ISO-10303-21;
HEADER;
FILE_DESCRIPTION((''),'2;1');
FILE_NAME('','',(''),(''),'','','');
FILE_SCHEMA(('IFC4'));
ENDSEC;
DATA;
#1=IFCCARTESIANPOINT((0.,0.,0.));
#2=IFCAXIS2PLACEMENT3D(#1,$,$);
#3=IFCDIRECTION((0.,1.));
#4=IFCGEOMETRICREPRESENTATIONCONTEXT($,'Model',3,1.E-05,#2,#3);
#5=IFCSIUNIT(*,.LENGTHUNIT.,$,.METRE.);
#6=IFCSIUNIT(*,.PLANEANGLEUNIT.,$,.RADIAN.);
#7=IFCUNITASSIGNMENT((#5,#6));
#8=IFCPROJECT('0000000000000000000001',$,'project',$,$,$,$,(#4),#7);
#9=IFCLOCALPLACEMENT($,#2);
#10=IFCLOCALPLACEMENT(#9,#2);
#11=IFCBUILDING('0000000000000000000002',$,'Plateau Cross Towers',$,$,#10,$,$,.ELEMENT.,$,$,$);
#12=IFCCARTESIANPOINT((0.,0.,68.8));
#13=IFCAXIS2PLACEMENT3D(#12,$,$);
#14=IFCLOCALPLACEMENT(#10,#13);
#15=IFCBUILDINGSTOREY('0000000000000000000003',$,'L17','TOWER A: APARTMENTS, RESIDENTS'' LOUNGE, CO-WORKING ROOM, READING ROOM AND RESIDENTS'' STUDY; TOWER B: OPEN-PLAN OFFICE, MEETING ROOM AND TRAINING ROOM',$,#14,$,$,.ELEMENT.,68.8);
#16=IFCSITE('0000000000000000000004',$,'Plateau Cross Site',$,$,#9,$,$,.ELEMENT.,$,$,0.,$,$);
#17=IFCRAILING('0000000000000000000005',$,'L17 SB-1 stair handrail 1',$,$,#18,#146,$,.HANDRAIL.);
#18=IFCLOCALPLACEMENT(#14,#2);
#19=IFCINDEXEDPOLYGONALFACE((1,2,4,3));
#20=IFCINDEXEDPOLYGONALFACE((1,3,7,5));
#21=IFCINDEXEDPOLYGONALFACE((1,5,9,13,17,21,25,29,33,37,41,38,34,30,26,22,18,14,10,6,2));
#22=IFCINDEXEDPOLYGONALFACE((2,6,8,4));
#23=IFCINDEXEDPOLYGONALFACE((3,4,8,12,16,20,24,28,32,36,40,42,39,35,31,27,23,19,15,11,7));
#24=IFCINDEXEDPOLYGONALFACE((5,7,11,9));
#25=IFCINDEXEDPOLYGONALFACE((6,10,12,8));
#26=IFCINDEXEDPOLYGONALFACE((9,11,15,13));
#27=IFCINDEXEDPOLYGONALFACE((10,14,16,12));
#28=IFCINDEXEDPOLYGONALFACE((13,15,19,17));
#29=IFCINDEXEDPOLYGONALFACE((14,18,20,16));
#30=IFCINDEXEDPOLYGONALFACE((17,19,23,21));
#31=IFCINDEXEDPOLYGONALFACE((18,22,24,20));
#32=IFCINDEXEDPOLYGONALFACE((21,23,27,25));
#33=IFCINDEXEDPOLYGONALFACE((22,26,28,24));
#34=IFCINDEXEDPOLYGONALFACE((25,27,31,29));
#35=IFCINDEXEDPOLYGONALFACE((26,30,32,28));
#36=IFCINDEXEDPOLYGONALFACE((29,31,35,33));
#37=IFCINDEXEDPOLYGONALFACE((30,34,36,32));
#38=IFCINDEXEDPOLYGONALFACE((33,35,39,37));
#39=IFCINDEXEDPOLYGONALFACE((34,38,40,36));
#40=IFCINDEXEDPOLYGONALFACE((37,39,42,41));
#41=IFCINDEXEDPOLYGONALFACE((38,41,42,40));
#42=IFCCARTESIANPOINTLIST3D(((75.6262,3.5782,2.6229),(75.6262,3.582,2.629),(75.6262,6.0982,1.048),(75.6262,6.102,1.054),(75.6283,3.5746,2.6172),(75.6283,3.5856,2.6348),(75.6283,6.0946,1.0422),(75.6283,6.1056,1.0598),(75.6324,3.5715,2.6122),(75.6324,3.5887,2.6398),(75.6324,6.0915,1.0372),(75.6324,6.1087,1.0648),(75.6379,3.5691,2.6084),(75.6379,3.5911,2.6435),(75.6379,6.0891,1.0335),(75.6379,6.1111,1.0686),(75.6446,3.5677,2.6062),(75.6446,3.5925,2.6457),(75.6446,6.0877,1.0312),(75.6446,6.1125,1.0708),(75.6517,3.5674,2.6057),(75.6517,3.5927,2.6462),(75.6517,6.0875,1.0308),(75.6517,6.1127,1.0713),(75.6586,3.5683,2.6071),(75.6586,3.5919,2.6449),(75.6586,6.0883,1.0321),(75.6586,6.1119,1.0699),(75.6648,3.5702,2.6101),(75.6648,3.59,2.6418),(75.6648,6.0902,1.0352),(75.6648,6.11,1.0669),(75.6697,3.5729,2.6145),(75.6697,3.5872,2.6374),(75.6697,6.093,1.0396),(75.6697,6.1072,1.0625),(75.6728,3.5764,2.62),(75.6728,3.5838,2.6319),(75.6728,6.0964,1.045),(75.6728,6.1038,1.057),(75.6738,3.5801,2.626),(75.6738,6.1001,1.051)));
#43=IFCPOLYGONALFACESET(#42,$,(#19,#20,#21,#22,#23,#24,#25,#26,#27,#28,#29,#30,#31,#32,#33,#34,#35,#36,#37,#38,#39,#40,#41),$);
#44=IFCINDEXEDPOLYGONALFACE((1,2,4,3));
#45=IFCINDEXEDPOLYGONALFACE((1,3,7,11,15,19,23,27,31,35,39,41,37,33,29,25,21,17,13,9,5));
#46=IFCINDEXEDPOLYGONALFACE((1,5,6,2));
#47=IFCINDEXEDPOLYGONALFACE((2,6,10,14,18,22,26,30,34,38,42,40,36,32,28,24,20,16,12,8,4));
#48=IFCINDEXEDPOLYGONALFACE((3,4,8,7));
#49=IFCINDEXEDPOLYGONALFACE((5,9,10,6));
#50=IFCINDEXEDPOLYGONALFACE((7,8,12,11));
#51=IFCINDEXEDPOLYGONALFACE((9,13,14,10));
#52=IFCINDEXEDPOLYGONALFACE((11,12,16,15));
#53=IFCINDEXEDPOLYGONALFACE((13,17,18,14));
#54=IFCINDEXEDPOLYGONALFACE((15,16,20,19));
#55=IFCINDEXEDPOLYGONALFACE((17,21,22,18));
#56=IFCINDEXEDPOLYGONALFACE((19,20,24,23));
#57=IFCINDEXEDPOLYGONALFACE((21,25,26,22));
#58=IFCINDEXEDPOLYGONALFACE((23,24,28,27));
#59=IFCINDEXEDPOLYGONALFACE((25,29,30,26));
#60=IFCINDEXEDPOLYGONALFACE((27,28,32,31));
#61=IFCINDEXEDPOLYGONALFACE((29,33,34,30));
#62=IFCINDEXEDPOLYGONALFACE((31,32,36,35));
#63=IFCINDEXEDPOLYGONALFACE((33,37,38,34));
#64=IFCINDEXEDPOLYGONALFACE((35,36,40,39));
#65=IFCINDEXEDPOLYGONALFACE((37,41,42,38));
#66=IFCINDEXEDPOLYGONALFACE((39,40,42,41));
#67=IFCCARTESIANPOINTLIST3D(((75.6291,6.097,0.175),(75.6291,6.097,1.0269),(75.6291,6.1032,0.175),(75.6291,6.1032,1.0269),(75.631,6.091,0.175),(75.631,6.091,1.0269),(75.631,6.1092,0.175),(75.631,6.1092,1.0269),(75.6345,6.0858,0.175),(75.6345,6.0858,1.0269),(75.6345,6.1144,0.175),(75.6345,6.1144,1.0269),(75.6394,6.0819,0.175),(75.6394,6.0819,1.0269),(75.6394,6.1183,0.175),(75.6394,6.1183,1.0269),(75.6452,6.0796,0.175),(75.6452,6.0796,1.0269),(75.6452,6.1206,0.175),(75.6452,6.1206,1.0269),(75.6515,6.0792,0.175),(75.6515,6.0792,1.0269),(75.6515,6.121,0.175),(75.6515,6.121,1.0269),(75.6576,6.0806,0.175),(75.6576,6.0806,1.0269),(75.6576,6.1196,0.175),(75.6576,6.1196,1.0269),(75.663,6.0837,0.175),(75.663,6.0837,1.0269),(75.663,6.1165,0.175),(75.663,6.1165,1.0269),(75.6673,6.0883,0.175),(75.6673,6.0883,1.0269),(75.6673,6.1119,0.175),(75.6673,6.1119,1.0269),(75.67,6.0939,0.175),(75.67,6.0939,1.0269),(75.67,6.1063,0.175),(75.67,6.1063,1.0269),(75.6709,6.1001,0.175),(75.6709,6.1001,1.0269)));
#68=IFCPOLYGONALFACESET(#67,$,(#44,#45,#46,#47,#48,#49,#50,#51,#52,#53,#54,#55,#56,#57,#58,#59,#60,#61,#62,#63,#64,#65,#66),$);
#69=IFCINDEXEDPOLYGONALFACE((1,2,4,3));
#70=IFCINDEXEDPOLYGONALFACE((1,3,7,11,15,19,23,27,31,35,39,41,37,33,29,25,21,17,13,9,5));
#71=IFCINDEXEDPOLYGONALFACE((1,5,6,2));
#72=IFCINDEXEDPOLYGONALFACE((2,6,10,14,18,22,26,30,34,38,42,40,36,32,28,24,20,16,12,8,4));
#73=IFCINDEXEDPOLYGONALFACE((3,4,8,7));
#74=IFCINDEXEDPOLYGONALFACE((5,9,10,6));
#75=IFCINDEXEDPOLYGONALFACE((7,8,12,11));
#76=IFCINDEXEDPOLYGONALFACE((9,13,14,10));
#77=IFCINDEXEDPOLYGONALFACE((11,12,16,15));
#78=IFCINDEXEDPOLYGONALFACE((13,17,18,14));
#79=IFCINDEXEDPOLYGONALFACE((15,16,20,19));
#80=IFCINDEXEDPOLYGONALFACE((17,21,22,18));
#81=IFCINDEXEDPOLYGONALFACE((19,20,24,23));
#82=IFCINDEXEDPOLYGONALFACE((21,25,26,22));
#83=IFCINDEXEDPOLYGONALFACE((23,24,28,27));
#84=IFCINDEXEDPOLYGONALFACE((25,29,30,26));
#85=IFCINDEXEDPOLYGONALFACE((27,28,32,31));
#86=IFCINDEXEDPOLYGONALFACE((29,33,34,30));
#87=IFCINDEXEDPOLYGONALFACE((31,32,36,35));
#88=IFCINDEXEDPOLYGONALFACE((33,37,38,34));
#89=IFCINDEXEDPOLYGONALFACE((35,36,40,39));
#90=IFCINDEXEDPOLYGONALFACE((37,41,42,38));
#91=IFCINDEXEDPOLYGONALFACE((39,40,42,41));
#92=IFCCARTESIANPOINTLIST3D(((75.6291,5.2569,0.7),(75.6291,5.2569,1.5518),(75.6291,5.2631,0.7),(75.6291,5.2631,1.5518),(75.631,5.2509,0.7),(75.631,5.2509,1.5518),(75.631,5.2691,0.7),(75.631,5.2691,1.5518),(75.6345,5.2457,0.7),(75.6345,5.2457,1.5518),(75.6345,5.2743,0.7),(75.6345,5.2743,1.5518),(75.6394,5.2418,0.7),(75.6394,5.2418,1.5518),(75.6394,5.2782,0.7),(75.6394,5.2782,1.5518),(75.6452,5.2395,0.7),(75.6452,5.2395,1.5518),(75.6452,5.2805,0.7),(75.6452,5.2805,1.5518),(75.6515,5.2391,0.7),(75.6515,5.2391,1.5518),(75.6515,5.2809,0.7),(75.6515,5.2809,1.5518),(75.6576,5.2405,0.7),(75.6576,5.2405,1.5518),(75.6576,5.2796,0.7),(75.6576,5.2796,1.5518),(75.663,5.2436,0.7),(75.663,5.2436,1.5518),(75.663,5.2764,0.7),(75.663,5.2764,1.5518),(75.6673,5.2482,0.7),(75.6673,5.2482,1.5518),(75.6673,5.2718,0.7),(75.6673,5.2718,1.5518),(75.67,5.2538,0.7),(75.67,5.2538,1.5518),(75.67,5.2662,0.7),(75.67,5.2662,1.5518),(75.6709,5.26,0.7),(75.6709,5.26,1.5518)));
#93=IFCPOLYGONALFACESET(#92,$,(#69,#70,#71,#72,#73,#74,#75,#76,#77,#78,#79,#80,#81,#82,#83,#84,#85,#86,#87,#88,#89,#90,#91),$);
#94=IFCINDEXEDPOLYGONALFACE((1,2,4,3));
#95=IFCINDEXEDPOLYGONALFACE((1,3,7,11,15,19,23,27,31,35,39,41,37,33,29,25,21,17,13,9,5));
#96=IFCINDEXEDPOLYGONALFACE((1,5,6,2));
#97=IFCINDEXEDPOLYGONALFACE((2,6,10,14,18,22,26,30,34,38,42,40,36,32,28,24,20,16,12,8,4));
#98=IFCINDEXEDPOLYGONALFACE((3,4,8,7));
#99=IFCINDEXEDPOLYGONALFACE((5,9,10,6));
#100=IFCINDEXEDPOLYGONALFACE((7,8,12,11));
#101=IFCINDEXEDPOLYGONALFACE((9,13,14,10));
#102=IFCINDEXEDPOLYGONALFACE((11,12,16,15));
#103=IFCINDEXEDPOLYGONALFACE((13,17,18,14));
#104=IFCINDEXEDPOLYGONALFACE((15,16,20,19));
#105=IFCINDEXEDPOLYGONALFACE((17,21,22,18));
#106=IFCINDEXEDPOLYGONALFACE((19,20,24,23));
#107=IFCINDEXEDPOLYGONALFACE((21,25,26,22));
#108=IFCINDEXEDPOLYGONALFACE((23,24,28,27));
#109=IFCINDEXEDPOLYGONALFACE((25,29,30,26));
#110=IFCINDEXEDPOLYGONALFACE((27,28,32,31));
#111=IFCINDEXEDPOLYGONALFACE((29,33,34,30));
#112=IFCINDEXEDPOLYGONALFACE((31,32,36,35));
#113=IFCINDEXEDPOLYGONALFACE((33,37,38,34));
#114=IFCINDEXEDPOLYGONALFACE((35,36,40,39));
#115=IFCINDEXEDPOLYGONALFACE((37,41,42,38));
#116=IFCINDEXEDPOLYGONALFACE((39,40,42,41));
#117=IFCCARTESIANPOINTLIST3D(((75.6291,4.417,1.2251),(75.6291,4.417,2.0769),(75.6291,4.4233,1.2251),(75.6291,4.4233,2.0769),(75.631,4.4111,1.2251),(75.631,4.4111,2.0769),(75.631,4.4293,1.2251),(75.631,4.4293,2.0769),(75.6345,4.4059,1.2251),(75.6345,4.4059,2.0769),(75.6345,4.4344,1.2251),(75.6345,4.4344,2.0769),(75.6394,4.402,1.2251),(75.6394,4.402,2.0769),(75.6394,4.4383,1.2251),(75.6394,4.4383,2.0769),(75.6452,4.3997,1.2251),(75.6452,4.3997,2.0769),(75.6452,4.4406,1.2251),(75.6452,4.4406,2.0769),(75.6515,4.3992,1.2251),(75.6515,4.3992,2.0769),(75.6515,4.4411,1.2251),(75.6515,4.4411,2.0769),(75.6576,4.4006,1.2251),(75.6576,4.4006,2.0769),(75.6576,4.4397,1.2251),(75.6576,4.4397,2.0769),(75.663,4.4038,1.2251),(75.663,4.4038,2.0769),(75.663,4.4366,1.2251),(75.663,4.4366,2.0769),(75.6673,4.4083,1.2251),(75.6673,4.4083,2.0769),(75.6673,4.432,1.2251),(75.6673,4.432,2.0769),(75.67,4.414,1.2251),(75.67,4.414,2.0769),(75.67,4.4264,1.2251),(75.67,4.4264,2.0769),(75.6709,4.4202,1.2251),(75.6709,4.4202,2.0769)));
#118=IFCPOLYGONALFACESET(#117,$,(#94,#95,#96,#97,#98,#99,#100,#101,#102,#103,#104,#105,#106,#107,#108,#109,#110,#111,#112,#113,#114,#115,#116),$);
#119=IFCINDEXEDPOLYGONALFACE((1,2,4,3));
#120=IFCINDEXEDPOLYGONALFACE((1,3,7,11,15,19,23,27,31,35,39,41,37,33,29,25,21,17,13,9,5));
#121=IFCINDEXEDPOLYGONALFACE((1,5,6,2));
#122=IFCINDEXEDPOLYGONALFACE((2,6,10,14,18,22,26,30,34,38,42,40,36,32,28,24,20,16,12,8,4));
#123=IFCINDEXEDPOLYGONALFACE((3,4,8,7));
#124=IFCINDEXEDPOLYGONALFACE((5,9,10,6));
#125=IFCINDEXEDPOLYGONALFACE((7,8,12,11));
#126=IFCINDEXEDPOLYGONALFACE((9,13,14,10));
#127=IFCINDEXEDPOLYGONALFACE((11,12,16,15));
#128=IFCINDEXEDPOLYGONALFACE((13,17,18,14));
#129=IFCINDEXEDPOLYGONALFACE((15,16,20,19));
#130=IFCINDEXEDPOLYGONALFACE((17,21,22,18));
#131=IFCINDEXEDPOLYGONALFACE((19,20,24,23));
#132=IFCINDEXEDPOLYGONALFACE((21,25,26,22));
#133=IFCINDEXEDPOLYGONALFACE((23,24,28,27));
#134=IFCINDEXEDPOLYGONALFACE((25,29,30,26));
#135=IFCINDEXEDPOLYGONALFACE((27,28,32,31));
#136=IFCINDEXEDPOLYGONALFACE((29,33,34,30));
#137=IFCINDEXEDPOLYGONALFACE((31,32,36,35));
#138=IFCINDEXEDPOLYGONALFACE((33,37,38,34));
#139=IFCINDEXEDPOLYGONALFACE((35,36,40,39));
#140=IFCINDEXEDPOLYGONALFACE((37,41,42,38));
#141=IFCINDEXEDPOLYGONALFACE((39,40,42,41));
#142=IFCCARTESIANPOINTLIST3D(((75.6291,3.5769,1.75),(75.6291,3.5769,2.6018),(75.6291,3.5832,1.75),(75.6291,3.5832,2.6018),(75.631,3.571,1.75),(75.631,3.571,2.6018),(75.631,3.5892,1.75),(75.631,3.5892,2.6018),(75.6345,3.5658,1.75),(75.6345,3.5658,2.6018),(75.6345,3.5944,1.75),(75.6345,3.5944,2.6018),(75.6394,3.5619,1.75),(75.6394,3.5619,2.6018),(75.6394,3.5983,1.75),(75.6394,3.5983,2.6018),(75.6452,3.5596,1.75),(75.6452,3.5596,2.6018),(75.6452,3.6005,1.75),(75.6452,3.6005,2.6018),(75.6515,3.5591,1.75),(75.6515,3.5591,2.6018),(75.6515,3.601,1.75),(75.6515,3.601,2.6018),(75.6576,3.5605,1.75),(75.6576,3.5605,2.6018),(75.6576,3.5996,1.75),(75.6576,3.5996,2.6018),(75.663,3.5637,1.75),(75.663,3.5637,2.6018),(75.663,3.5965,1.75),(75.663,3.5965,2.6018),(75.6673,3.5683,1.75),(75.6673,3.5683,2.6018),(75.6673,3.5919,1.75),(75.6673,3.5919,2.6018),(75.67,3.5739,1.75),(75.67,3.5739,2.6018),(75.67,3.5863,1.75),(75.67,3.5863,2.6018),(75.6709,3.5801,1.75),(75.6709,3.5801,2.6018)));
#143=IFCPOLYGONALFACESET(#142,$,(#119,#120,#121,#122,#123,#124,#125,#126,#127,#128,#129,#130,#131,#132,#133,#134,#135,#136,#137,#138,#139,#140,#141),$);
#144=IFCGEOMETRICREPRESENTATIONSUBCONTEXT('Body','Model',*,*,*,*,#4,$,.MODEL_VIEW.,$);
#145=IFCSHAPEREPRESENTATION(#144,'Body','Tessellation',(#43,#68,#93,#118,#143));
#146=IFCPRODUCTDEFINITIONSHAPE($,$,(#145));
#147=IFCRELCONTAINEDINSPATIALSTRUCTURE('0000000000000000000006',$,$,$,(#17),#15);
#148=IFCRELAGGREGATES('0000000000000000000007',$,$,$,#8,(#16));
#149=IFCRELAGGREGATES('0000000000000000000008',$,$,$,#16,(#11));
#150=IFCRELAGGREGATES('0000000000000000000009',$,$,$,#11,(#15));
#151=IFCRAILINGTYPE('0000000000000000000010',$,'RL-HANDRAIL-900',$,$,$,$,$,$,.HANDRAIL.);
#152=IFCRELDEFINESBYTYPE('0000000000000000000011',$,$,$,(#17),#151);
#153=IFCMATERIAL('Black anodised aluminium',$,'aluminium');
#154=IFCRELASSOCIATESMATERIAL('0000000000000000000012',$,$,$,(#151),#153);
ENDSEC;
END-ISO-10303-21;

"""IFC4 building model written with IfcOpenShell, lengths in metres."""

from ifc_helpers import new_model, si_unit, direction, frame, origin, origin_2d, place, context, subcontext, project, spatial, circle, extrude, material, type_object, element, save


model = new_model("IFC4")

# Units and contexts
model_context = context("Model", 3, precision=1e-05, world=origin(), true_north=direction((0.0, 1.0)))
body_context = subcontext(model_context, "Body", "Model", "MODEL_VIEW")
ifc_project = project(units=[si_unit("LENGTHUNIT", "METRE"), si_unit("PLANEANGLEUNIT", "RADIAN")], contexts=[model_context])

# Site, building, storey
site_placement = place(None, origin())
site = spatial("IfcSite", under=ifc_project, at=site_placement, Name="Plateau Cross Site", CompositionType="ELEMENT", RefElevation=0.0)
building_placement = place(site_placement, origin())
building = spatial("IfcBuilding", under=site, at=building_placement, Name="Plateau Cross Towers", CompositionType="ELEMENT")
storey_placement = place(building_placement, frame((0.0, 0.0, 68.8)))
storey = spatial("IfcBuildingStorey", under=building, at=storey_placement, Name="L17", Description="TOWER A: APARTMENTS, RESIDENTS' LOUNGE, CO-WORKING ROOM, READING ROOM AND RESIDENTS' STUDY; TOWER B: OPEN-PLAN OFFICE, MEETING ROOM AND TRAINING ROOM", CompositionType="ELEMENT", Elevation=68.8)

# Shared definitions
ifc_material_1 = material(Name="Black anodised aluminium", Category="aluminium")

# Railing
railing_type_1 = type_object("IfcRailingType", Name="RL-HANDRAIL-900", PredefinedType="HANDRAIL", material=ifc_material_1)
railing_1_placement = place(storey_placement, frame((75.6499, 6.1001, 0.175)))
element("IfcRailing", 1, at=railing_1_placement, inside=storey, type_object=railing_type_1, Name="L17 SB-1 stair handrail 1", PredefinedType="HANDRAIL", context=body_context, shape_type="SweptSolid", body=[
    extrude(circle(Radius=0.0239, at=origin_2d()), frame((0.0, 0.0, 0.876), z_axis=(0.0, -0.848008, 0.529984), x_axis=(1.0, 0.0, 0.0)), (0.0, 0.0, 1.0), 2.9717),
    extrude(circle(Radius=0.021, at=origin_2d()), origin(), (0.0, 0.0, 1.0), 0.8518),
    extrude(circle(Radius=0.021, at=origin_2d()), frame((0.0, -0.8401, 0.5249)), (0.0, 0.0, 1.0), 0.8518),
    extrude(circle(Radius=0.021, at=origin_2d()), frame((0.0, -1.6799, 1.05)), (0.0, 0.0, 1.0), 0.8518),
    extrude(circle(Radius=0.021, at=origin_2d()), frame((0.0, -2.52, 1.575)), (0.0, 0.0, 1.0), 0.8518),
])

save(model, "model.ifc")
